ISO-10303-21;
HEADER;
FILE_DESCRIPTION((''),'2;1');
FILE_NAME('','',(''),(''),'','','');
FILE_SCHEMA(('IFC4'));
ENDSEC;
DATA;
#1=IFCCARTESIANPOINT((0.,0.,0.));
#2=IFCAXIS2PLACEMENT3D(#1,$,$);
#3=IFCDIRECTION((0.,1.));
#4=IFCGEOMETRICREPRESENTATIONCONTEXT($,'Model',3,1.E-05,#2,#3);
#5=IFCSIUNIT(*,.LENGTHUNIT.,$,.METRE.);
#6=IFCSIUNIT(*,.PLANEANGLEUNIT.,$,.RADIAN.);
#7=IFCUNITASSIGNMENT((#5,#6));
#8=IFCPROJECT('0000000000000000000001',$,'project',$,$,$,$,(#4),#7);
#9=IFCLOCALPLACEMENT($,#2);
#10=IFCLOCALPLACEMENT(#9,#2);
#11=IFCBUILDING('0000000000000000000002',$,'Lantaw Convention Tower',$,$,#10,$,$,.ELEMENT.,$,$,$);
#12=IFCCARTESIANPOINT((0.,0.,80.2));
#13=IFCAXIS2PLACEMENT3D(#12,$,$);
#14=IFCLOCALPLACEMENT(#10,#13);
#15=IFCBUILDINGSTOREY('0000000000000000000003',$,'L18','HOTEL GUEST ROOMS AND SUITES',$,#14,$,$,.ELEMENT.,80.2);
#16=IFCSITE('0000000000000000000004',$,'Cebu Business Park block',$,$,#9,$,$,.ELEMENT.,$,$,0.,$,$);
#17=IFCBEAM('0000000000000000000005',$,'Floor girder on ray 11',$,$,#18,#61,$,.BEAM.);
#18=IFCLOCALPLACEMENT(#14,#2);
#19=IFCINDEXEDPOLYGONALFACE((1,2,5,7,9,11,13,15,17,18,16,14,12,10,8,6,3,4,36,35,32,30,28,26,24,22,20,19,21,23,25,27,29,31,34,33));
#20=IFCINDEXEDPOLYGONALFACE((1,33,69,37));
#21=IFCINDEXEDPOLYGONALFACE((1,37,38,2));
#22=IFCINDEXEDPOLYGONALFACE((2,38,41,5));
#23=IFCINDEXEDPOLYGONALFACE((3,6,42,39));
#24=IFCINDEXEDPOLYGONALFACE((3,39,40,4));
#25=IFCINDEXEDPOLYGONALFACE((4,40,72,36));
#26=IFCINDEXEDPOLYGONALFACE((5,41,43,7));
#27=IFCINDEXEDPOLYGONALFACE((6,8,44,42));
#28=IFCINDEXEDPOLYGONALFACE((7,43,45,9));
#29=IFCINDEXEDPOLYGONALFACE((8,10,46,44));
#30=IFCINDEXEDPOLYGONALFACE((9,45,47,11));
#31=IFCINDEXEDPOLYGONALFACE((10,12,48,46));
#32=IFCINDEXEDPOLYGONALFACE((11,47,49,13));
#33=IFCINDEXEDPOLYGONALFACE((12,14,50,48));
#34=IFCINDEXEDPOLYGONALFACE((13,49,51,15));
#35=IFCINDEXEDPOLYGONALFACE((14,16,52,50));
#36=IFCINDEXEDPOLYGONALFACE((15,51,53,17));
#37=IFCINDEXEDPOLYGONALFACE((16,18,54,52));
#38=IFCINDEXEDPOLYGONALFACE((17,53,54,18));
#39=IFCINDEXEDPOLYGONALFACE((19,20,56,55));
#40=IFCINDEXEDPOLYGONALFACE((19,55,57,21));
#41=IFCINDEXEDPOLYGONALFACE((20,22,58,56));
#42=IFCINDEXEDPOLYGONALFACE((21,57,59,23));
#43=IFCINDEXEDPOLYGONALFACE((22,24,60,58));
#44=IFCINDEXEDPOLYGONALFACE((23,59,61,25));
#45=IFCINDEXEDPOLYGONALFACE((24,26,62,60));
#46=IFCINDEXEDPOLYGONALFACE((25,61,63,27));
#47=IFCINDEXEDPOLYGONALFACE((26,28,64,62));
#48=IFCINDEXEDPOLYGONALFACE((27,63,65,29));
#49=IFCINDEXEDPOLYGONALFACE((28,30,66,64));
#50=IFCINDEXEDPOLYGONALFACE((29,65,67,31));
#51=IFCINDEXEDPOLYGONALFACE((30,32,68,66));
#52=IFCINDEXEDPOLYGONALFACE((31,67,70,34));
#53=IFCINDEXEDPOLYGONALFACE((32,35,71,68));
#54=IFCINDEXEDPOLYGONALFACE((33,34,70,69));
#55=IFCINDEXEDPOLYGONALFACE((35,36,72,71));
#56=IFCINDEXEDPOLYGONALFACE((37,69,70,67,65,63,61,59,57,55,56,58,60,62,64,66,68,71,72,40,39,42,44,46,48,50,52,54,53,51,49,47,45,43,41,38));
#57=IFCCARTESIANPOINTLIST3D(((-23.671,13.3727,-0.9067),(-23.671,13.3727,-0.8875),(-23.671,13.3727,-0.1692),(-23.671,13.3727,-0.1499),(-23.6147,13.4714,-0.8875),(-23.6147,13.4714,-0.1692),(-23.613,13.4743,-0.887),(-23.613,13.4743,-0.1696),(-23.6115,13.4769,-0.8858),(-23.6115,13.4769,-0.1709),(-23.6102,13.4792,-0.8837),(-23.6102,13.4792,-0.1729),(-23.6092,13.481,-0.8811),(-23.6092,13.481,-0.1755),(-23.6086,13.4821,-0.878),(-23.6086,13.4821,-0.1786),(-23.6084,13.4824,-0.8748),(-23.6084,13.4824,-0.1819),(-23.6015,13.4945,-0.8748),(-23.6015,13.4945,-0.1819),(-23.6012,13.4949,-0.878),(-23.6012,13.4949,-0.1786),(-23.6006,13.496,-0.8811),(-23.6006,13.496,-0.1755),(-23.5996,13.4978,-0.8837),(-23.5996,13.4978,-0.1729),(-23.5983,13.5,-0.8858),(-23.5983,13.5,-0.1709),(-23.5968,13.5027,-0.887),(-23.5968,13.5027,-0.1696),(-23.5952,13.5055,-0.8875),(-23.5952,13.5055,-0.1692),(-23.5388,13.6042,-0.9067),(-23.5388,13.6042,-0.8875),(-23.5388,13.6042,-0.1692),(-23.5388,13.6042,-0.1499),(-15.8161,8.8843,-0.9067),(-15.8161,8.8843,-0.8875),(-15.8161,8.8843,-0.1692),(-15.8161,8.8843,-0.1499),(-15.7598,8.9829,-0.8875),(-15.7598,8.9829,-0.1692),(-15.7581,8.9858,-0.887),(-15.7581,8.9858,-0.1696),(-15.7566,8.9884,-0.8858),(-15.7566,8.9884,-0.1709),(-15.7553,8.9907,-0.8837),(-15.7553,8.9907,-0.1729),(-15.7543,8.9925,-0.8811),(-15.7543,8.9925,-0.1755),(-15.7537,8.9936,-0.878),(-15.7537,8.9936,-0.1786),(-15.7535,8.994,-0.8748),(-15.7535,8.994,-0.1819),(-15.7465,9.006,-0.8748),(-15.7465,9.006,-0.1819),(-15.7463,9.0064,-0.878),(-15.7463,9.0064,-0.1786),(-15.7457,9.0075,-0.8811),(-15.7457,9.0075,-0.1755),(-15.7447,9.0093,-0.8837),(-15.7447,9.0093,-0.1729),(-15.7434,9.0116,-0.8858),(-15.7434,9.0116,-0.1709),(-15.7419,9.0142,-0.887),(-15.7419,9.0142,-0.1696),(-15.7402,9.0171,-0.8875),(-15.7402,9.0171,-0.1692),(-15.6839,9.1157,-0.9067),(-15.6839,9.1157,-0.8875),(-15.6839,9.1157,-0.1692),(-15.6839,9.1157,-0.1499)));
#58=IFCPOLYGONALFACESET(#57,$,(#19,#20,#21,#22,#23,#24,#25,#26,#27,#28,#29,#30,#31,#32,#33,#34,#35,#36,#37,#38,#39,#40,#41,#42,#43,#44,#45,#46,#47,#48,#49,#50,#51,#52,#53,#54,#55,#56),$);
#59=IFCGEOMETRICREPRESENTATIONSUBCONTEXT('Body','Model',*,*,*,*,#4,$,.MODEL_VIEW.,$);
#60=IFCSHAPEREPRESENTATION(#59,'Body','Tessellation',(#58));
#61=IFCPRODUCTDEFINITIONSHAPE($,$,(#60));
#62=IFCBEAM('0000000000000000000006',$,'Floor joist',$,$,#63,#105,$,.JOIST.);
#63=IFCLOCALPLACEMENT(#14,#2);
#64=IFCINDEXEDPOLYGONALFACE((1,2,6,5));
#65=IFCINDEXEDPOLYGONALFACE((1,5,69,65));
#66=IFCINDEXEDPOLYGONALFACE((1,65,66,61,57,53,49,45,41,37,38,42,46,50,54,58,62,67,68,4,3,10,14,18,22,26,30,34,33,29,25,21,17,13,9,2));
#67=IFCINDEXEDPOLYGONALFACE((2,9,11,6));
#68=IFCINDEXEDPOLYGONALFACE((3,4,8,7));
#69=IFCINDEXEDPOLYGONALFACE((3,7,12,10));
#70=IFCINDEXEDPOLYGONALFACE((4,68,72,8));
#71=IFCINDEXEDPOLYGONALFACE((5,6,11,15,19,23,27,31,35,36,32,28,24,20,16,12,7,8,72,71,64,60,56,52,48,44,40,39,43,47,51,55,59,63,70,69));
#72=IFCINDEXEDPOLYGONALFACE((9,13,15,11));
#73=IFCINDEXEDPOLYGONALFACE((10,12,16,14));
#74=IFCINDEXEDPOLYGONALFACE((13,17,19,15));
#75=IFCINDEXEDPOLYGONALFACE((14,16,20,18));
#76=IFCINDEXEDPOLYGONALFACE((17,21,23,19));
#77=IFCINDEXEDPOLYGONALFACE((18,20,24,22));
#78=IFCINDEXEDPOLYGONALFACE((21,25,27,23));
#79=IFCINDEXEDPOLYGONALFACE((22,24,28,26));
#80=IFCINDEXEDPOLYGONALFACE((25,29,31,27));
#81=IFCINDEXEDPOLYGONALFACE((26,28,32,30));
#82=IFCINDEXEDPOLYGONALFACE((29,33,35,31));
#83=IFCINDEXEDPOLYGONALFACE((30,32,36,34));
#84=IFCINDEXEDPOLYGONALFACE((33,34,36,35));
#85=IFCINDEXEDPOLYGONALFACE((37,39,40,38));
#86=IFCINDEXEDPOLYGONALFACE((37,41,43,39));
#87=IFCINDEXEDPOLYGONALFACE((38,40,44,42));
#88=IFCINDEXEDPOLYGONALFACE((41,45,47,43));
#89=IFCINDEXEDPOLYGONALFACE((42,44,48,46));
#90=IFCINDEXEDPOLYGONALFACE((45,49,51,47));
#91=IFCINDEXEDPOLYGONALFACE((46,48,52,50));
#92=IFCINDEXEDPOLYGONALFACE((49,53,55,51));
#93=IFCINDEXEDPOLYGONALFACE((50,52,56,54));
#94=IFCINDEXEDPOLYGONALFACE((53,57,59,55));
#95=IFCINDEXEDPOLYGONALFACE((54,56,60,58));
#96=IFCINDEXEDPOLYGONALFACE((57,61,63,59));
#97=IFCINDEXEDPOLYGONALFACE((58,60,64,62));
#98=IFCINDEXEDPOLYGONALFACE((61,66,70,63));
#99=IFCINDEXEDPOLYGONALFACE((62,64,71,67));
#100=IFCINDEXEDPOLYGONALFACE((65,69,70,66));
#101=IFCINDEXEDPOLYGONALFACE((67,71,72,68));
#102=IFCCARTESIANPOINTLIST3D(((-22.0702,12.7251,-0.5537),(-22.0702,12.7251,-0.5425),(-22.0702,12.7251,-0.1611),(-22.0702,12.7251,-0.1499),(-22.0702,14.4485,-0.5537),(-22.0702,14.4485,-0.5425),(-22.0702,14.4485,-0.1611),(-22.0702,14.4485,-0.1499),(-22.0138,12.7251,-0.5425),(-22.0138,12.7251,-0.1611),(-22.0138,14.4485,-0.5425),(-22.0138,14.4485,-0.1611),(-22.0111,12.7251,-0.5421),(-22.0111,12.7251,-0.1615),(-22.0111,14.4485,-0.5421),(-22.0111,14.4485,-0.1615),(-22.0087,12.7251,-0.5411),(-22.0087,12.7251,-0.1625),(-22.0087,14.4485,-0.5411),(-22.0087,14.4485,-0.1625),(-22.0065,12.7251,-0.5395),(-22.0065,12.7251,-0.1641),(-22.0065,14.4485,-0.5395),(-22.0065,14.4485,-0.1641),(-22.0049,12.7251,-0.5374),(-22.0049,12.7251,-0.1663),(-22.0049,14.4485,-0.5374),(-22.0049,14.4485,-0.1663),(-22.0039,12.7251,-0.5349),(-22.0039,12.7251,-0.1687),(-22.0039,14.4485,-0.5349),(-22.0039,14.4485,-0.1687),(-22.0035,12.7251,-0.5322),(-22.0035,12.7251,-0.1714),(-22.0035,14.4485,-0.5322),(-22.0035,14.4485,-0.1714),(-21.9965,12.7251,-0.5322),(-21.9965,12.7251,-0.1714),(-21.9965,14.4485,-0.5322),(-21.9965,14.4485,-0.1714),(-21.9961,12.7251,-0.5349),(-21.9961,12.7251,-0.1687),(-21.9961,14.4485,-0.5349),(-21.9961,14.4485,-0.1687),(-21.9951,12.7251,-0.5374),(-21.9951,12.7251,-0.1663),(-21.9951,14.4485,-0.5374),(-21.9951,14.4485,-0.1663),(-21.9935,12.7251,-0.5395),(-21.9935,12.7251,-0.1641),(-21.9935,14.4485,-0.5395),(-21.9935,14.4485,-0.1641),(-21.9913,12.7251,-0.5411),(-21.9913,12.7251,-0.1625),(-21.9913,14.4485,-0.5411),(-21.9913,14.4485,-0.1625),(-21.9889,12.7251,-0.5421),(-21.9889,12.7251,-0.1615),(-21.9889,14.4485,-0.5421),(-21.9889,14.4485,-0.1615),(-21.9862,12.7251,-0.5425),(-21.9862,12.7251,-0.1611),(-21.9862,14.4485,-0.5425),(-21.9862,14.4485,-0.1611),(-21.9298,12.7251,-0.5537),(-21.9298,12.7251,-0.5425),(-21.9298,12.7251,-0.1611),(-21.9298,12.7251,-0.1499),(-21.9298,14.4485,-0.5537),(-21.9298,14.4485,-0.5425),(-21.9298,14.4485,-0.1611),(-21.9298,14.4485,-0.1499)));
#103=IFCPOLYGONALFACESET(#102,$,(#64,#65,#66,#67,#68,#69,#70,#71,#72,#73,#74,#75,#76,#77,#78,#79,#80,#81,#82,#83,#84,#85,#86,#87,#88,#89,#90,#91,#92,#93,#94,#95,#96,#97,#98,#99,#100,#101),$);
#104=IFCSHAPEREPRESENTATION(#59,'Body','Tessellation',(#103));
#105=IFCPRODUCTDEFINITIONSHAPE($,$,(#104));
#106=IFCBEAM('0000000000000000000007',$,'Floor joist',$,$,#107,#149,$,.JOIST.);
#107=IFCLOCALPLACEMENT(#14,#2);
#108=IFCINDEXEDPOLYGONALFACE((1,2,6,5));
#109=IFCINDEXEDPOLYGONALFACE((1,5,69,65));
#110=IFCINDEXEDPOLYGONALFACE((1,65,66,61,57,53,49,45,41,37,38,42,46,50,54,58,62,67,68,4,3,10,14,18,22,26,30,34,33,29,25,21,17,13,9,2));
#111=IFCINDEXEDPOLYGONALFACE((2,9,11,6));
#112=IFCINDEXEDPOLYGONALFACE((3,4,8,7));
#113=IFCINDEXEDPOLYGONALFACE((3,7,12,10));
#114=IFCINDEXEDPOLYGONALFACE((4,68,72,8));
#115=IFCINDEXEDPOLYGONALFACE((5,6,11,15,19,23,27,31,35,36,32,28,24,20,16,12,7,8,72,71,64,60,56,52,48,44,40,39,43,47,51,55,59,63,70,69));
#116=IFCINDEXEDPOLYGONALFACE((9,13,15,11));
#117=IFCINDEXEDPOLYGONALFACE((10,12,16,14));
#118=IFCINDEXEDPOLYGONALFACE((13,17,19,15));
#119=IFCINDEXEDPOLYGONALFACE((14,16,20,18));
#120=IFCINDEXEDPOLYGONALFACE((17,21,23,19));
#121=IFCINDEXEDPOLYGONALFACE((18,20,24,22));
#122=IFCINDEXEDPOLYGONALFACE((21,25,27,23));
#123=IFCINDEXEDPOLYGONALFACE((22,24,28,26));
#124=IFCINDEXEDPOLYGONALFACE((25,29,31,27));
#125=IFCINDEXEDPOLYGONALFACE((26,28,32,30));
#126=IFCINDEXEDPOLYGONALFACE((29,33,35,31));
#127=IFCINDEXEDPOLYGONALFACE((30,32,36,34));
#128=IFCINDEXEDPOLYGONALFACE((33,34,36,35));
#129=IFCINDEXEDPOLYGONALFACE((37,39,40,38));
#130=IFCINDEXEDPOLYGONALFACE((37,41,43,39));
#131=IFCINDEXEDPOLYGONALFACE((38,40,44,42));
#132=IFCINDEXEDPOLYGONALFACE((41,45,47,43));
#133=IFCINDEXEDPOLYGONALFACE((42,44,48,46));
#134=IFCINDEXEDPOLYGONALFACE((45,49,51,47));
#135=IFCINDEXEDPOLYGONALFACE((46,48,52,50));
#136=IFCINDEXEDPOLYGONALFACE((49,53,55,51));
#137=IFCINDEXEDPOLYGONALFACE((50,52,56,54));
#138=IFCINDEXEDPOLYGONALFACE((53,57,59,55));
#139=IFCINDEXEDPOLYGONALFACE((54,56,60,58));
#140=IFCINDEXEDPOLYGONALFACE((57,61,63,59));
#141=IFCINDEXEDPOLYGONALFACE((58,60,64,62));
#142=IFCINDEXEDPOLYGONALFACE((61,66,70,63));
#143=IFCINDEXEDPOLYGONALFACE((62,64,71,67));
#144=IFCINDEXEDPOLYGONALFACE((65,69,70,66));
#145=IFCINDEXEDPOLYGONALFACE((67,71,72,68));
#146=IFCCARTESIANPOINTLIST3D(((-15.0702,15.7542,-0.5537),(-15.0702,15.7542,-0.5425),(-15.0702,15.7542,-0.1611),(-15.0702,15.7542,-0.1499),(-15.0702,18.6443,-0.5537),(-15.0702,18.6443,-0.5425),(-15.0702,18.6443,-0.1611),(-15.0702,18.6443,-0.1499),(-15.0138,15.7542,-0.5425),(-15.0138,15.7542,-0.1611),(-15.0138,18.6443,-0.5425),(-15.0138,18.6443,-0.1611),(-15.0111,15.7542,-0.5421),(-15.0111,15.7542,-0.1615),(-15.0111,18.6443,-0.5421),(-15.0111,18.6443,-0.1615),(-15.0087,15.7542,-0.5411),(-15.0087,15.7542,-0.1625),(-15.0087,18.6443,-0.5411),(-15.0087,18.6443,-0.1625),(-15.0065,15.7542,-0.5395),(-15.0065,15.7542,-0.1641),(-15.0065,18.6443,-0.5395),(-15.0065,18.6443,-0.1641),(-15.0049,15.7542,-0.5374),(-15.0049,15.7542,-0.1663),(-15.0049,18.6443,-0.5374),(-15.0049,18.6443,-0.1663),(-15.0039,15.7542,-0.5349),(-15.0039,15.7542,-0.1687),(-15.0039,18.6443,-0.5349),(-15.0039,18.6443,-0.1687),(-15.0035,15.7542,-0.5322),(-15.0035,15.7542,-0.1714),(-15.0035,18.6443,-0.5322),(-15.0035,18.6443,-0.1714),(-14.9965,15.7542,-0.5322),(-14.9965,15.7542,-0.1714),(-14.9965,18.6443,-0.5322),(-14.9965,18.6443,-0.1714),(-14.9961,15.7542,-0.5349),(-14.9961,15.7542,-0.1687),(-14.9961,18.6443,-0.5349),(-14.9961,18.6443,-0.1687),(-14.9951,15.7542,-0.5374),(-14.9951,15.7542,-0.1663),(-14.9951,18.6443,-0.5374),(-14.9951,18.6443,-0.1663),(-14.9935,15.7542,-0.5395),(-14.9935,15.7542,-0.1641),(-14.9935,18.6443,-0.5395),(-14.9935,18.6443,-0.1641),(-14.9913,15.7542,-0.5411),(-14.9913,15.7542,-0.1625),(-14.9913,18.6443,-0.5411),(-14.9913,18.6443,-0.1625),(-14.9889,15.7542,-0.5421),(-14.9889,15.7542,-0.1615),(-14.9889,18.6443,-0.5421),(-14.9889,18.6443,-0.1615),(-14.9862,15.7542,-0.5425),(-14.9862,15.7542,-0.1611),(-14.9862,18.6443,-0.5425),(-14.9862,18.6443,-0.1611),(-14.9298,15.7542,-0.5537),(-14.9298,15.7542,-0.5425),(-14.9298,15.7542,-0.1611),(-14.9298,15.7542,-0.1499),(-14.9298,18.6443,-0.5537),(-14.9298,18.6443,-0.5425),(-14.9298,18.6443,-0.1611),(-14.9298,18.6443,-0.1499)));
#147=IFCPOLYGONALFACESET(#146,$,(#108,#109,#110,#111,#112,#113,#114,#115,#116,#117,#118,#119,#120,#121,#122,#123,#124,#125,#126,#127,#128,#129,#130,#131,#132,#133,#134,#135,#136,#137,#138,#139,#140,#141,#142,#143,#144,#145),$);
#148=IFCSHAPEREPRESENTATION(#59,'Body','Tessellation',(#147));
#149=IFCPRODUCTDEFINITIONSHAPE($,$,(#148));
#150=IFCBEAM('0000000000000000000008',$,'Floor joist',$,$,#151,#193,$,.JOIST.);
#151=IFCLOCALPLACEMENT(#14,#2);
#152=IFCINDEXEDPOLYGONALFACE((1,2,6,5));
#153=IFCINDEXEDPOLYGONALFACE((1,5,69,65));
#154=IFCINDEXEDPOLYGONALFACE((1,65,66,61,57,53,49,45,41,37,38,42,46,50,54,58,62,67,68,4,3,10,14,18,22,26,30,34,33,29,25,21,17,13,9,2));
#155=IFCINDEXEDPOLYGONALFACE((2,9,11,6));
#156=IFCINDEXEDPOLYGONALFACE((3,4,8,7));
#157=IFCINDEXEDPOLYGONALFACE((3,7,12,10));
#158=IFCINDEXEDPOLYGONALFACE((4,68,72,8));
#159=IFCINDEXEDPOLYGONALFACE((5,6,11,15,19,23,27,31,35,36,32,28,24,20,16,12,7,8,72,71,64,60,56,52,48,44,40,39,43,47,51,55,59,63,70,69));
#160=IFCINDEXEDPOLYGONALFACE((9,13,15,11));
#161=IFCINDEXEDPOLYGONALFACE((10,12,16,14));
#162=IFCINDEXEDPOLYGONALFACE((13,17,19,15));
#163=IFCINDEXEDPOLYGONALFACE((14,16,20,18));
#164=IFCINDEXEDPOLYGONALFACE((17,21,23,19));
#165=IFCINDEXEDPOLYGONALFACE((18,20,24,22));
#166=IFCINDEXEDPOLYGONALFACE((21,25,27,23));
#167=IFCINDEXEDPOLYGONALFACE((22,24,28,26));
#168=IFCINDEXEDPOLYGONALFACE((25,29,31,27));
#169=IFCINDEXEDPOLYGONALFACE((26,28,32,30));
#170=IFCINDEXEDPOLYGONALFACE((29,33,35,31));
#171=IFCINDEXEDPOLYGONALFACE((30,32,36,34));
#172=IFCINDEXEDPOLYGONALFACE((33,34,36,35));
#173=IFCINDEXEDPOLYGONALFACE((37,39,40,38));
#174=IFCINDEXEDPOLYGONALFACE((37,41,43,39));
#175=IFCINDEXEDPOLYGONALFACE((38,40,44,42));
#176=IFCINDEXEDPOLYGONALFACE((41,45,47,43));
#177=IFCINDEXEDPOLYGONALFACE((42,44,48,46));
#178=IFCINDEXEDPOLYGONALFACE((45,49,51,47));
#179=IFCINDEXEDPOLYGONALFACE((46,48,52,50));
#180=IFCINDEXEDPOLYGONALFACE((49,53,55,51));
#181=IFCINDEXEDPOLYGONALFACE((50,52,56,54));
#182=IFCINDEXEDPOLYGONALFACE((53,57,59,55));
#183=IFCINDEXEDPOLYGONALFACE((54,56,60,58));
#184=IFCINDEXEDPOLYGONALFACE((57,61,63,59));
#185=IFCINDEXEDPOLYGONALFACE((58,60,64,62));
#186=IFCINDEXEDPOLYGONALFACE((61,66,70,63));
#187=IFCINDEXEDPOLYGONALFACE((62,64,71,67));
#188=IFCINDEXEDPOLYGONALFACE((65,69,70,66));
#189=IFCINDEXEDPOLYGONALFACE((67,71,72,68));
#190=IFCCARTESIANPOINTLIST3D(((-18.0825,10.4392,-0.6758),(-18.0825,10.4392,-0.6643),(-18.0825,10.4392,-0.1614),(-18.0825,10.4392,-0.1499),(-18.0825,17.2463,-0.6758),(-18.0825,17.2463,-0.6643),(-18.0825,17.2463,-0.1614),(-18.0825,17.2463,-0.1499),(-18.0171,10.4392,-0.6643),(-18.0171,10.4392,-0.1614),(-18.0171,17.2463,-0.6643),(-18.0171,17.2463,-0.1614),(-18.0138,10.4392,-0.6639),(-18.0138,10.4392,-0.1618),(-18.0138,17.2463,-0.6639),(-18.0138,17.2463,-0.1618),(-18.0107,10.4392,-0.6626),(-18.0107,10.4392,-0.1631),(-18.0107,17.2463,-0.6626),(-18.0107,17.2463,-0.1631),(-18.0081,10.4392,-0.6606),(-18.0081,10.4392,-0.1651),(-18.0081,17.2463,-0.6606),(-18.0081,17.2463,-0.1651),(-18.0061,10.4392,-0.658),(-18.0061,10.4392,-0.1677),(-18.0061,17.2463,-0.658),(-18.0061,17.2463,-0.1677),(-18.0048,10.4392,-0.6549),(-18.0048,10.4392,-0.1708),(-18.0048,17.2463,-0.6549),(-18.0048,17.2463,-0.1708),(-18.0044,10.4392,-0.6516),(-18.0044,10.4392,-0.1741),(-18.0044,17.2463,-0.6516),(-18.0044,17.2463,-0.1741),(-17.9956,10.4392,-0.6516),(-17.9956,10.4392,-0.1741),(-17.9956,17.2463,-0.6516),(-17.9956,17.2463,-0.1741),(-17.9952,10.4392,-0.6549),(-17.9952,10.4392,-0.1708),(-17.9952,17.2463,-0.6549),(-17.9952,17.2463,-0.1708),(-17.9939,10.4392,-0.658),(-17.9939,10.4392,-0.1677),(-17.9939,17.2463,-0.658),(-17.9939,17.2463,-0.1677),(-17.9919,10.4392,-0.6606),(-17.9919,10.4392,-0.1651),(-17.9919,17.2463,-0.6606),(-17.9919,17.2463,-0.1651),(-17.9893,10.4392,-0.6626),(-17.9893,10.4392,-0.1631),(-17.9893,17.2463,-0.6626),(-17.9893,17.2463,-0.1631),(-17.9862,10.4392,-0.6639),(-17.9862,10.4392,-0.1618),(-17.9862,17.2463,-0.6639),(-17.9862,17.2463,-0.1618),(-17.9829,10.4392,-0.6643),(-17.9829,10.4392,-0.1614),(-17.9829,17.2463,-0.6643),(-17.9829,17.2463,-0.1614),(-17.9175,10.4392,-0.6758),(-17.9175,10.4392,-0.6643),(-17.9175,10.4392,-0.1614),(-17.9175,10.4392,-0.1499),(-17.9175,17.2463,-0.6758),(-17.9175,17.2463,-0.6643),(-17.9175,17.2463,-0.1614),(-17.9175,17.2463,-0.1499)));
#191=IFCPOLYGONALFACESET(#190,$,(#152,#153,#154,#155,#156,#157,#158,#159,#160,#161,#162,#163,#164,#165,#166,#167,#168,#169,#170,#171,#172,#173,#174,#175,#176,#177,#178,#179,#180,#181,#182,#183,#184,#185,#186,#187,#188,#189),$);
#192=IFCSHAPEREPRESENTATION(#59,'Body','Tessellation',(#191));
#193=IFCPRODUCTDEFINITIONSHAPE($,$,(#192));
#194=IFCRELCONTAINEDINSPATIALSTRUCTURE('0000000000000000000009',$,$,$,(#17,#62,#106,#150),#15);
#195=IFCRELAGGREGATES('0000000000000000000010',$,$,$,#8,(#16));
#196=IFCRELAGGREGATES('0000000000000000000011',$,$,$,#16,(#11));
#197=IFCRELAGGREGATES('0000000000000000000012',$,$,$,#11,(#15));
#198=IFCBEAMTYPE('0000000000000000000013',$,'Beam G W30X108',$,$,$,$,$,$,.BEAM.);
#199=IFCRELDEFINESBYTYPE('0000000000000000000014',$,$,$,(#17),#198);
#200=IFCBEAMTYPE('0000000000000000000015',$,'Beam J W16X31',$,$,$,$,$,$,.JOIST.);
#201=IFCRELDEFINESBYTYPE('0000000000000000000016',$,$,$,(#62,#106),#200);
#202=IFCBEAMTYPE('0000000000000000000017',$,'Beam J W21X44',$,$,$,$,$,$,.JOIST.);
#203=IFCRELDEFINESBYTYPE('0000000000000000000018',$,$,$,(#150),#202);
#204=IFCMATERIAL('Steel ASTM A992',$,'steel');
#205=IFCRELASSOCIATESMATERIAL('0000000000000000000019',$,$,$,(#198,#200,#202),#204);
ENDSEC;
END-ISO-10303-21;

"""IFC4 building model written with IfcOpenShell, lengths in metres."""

from ifc_helpers import new_model, si_unit, direction, frame, origin, origin_2d, place, context, subcontext, project, spatial, i_section, extrude, material, material_profile, profile_set, type_object, element, save


model = new_model("IFC4")

# Units and contexts
model_context = context("Model", 3, precision=1e-05, world=origin(), true_north=direction((0.0, 1.0)))
body_context = subcontext(model_context, "Body", "Model", "MODEL_VIEW")
ifc_project = project(units=[si_unit("LENGTHUNIT", "METRE"), si_unit("PLANEANGLEUNIT", "RADIAN")], contexts=[model_context])

# Site, building, storey
site_placement = place(None, origin())
site = spatial("IfcSite", under=ifc_project, at=site_placement, Name="Cebu Business Park block", CompositionType="ELEMENT", RefElevation=0.0)
building_placement = place(site_placement, origin())
building = spatial("IfcBuilding", under=site, at=building_placement, Name="Lantaw Convention Tower", CompositionType="ELEMENT")
storey_placement = place(building_placement, frame((0.0, 0.0, 80.2)))
storey = spatial("IfcBuildingStorey", under=building, at=storey_placement, Name="L18", Description="HOTEL GUEST ROOMS AND SUITES", CompositionType="ELEMENT", Elevation=80.2)

# Beams
ifc_material_1 = material(Name="Steel ASTM A992", Category="steel")
ifc_material_profile_1 = material_profile(ifc_material_1, i_section(OverallWidth=0.2666, OverallDepth=0.7568, WebThickness=0.0139, FlangeThickness=0.0193, FilletRadius=0.0127, at=origin_2d()), Name="W30X108")
ifc_profile_set_1 = profile_set([ifc_material_profile_1], Name="Steel ASTM A992")
beam_type_1 = type_object("IfcBeamType", Name="Beam G W30X108", PredefinedType="BEAM", material=ifc_profile_set_1)
beam_1_placement = place(storey_placement, frame((-15.75, 9.0, -0.5283), z_axis=(-0.868245, 0.496136, 0.0), x_axis=(-0.496136, -0.868245, 0.0)))
element("IfcBeam", 1, at=beam_1_placement, inside=storey, type_object=beam_type_1, Name="Floor girder on ray 11", PredefinedType="BEAM", context=body_context, shape_type="SweptSolid", body=[
    extrude(i_section(OverallWidth=0.2666, OverallDepth=0.7568, WebThickness=0.0139, FlangeThickness=0.0193, FilletRadius=0.0127, at=origin_2d()), origin(), (0.0, 0.0, 1.0), 9.0469),
])
ifc_material_profile_2 = material_profile(ifc_material_1, i_section(OverallWidth=0.1404, OverallDepth=0.4038, WebThickness=0.0071, FlangeThickness=0.0112, FilletRadius=0.0103, at=origin_2d()), Name="W16X31")
ifc_profile_set_2 = profile_set([ifc_material_profile_2], Name="Steel ASTM A992")
beam_type_2 = type_object("IfcBeamType", Name="Beam J W16X31", PredefinedType="JOIST", material=ifc_profile_set_2)
beam_2_placement = place(storey_placement, frame((-22.0, 12.7251, -0.3518), z_axis=(0.0, 1.0, 0.0), x_axis=(-1.0, 0.0, 0.0)))
element("IfcBeam", 2, at=beam_2_placement, inside=storey, type_object=beam_type_2, Name="Floor joist", PredefinedType="JOIST", context=body_context, shape_type="SweptSolid", body=[
    extrude(i_section(OverallWidth=0.1404, OverallDepth=0.4038, WebThickness=0.0071, FlangeThickness=0.0112, FilletRadius=0.0103, at=origin_2d()), origin(), (0.0, 0.0, 1.0), 1.7234),
])
beam_3_placement = place(storey_placement, frame((-15.0, 15.7542, -0.3518), z_axis=(0.0, 1.0, 0.0), x_axis=(-1.0, 0.0, 0.0)))
element("IfcBeam", 3, at=beam_3_placement, inside=storey, type_object=beam_type_2, Name="Floor joist", PredefinedType="JOIST", context=body_context, shape_type="SweptSolid", body=[
    extrude(i_section(OverallWidth=0.1404, OverallDepth=0.4038, WebThickness=0.0071, FlangeThickness=0.0112, FilletRadius=0.0103, at=origin_2d()), origin(), (0.0, 0.0, 1.0), 2.8901),
])
ifc_material_profile_3 = material_profile(ifc_material_1, i_section(OverallWidth=0.165, OverallDepth=0.5259, WebThickness=0.0088, FlangeThickness=0.0115, FilletRadius=0.0127, at=origin_2d()), Name="W21X44")
ifc_profile_set_3 = profile_set([ifc_material_profile_3], Name="Steel ASTM A992")
beam_type_3 = type_object("IfcBeamType", Name="Beam J W21X44", PredefinedType="JOIST", material=ifc_profile_set_3)
beam_4_placement = place(storey_placement, frame((-18.0, 10.4392, -0.4128), z_axis=(0.0, 1.0, 0.0), x_axis=(-1.0, 0.0, 0.0)))
element("IfcBeam", 4, at=beam_4_placement, inside=storey, type_object=beam_type_3, Name="Floor joist", PredefinedType="JOIST", context=body_context, shape_type="SweptSolid", body=[
    extrude(i_section(OverallWidth=0.165, OverallDepth=0.5259, WebThickness=0.0088, FlangeThickness=0.0115, FilletRadius=0.0127, at=origin_2d()), origin(), (0.0, 0.0, 1.0), 6.8071),
])

save(model, "model.ifc")
